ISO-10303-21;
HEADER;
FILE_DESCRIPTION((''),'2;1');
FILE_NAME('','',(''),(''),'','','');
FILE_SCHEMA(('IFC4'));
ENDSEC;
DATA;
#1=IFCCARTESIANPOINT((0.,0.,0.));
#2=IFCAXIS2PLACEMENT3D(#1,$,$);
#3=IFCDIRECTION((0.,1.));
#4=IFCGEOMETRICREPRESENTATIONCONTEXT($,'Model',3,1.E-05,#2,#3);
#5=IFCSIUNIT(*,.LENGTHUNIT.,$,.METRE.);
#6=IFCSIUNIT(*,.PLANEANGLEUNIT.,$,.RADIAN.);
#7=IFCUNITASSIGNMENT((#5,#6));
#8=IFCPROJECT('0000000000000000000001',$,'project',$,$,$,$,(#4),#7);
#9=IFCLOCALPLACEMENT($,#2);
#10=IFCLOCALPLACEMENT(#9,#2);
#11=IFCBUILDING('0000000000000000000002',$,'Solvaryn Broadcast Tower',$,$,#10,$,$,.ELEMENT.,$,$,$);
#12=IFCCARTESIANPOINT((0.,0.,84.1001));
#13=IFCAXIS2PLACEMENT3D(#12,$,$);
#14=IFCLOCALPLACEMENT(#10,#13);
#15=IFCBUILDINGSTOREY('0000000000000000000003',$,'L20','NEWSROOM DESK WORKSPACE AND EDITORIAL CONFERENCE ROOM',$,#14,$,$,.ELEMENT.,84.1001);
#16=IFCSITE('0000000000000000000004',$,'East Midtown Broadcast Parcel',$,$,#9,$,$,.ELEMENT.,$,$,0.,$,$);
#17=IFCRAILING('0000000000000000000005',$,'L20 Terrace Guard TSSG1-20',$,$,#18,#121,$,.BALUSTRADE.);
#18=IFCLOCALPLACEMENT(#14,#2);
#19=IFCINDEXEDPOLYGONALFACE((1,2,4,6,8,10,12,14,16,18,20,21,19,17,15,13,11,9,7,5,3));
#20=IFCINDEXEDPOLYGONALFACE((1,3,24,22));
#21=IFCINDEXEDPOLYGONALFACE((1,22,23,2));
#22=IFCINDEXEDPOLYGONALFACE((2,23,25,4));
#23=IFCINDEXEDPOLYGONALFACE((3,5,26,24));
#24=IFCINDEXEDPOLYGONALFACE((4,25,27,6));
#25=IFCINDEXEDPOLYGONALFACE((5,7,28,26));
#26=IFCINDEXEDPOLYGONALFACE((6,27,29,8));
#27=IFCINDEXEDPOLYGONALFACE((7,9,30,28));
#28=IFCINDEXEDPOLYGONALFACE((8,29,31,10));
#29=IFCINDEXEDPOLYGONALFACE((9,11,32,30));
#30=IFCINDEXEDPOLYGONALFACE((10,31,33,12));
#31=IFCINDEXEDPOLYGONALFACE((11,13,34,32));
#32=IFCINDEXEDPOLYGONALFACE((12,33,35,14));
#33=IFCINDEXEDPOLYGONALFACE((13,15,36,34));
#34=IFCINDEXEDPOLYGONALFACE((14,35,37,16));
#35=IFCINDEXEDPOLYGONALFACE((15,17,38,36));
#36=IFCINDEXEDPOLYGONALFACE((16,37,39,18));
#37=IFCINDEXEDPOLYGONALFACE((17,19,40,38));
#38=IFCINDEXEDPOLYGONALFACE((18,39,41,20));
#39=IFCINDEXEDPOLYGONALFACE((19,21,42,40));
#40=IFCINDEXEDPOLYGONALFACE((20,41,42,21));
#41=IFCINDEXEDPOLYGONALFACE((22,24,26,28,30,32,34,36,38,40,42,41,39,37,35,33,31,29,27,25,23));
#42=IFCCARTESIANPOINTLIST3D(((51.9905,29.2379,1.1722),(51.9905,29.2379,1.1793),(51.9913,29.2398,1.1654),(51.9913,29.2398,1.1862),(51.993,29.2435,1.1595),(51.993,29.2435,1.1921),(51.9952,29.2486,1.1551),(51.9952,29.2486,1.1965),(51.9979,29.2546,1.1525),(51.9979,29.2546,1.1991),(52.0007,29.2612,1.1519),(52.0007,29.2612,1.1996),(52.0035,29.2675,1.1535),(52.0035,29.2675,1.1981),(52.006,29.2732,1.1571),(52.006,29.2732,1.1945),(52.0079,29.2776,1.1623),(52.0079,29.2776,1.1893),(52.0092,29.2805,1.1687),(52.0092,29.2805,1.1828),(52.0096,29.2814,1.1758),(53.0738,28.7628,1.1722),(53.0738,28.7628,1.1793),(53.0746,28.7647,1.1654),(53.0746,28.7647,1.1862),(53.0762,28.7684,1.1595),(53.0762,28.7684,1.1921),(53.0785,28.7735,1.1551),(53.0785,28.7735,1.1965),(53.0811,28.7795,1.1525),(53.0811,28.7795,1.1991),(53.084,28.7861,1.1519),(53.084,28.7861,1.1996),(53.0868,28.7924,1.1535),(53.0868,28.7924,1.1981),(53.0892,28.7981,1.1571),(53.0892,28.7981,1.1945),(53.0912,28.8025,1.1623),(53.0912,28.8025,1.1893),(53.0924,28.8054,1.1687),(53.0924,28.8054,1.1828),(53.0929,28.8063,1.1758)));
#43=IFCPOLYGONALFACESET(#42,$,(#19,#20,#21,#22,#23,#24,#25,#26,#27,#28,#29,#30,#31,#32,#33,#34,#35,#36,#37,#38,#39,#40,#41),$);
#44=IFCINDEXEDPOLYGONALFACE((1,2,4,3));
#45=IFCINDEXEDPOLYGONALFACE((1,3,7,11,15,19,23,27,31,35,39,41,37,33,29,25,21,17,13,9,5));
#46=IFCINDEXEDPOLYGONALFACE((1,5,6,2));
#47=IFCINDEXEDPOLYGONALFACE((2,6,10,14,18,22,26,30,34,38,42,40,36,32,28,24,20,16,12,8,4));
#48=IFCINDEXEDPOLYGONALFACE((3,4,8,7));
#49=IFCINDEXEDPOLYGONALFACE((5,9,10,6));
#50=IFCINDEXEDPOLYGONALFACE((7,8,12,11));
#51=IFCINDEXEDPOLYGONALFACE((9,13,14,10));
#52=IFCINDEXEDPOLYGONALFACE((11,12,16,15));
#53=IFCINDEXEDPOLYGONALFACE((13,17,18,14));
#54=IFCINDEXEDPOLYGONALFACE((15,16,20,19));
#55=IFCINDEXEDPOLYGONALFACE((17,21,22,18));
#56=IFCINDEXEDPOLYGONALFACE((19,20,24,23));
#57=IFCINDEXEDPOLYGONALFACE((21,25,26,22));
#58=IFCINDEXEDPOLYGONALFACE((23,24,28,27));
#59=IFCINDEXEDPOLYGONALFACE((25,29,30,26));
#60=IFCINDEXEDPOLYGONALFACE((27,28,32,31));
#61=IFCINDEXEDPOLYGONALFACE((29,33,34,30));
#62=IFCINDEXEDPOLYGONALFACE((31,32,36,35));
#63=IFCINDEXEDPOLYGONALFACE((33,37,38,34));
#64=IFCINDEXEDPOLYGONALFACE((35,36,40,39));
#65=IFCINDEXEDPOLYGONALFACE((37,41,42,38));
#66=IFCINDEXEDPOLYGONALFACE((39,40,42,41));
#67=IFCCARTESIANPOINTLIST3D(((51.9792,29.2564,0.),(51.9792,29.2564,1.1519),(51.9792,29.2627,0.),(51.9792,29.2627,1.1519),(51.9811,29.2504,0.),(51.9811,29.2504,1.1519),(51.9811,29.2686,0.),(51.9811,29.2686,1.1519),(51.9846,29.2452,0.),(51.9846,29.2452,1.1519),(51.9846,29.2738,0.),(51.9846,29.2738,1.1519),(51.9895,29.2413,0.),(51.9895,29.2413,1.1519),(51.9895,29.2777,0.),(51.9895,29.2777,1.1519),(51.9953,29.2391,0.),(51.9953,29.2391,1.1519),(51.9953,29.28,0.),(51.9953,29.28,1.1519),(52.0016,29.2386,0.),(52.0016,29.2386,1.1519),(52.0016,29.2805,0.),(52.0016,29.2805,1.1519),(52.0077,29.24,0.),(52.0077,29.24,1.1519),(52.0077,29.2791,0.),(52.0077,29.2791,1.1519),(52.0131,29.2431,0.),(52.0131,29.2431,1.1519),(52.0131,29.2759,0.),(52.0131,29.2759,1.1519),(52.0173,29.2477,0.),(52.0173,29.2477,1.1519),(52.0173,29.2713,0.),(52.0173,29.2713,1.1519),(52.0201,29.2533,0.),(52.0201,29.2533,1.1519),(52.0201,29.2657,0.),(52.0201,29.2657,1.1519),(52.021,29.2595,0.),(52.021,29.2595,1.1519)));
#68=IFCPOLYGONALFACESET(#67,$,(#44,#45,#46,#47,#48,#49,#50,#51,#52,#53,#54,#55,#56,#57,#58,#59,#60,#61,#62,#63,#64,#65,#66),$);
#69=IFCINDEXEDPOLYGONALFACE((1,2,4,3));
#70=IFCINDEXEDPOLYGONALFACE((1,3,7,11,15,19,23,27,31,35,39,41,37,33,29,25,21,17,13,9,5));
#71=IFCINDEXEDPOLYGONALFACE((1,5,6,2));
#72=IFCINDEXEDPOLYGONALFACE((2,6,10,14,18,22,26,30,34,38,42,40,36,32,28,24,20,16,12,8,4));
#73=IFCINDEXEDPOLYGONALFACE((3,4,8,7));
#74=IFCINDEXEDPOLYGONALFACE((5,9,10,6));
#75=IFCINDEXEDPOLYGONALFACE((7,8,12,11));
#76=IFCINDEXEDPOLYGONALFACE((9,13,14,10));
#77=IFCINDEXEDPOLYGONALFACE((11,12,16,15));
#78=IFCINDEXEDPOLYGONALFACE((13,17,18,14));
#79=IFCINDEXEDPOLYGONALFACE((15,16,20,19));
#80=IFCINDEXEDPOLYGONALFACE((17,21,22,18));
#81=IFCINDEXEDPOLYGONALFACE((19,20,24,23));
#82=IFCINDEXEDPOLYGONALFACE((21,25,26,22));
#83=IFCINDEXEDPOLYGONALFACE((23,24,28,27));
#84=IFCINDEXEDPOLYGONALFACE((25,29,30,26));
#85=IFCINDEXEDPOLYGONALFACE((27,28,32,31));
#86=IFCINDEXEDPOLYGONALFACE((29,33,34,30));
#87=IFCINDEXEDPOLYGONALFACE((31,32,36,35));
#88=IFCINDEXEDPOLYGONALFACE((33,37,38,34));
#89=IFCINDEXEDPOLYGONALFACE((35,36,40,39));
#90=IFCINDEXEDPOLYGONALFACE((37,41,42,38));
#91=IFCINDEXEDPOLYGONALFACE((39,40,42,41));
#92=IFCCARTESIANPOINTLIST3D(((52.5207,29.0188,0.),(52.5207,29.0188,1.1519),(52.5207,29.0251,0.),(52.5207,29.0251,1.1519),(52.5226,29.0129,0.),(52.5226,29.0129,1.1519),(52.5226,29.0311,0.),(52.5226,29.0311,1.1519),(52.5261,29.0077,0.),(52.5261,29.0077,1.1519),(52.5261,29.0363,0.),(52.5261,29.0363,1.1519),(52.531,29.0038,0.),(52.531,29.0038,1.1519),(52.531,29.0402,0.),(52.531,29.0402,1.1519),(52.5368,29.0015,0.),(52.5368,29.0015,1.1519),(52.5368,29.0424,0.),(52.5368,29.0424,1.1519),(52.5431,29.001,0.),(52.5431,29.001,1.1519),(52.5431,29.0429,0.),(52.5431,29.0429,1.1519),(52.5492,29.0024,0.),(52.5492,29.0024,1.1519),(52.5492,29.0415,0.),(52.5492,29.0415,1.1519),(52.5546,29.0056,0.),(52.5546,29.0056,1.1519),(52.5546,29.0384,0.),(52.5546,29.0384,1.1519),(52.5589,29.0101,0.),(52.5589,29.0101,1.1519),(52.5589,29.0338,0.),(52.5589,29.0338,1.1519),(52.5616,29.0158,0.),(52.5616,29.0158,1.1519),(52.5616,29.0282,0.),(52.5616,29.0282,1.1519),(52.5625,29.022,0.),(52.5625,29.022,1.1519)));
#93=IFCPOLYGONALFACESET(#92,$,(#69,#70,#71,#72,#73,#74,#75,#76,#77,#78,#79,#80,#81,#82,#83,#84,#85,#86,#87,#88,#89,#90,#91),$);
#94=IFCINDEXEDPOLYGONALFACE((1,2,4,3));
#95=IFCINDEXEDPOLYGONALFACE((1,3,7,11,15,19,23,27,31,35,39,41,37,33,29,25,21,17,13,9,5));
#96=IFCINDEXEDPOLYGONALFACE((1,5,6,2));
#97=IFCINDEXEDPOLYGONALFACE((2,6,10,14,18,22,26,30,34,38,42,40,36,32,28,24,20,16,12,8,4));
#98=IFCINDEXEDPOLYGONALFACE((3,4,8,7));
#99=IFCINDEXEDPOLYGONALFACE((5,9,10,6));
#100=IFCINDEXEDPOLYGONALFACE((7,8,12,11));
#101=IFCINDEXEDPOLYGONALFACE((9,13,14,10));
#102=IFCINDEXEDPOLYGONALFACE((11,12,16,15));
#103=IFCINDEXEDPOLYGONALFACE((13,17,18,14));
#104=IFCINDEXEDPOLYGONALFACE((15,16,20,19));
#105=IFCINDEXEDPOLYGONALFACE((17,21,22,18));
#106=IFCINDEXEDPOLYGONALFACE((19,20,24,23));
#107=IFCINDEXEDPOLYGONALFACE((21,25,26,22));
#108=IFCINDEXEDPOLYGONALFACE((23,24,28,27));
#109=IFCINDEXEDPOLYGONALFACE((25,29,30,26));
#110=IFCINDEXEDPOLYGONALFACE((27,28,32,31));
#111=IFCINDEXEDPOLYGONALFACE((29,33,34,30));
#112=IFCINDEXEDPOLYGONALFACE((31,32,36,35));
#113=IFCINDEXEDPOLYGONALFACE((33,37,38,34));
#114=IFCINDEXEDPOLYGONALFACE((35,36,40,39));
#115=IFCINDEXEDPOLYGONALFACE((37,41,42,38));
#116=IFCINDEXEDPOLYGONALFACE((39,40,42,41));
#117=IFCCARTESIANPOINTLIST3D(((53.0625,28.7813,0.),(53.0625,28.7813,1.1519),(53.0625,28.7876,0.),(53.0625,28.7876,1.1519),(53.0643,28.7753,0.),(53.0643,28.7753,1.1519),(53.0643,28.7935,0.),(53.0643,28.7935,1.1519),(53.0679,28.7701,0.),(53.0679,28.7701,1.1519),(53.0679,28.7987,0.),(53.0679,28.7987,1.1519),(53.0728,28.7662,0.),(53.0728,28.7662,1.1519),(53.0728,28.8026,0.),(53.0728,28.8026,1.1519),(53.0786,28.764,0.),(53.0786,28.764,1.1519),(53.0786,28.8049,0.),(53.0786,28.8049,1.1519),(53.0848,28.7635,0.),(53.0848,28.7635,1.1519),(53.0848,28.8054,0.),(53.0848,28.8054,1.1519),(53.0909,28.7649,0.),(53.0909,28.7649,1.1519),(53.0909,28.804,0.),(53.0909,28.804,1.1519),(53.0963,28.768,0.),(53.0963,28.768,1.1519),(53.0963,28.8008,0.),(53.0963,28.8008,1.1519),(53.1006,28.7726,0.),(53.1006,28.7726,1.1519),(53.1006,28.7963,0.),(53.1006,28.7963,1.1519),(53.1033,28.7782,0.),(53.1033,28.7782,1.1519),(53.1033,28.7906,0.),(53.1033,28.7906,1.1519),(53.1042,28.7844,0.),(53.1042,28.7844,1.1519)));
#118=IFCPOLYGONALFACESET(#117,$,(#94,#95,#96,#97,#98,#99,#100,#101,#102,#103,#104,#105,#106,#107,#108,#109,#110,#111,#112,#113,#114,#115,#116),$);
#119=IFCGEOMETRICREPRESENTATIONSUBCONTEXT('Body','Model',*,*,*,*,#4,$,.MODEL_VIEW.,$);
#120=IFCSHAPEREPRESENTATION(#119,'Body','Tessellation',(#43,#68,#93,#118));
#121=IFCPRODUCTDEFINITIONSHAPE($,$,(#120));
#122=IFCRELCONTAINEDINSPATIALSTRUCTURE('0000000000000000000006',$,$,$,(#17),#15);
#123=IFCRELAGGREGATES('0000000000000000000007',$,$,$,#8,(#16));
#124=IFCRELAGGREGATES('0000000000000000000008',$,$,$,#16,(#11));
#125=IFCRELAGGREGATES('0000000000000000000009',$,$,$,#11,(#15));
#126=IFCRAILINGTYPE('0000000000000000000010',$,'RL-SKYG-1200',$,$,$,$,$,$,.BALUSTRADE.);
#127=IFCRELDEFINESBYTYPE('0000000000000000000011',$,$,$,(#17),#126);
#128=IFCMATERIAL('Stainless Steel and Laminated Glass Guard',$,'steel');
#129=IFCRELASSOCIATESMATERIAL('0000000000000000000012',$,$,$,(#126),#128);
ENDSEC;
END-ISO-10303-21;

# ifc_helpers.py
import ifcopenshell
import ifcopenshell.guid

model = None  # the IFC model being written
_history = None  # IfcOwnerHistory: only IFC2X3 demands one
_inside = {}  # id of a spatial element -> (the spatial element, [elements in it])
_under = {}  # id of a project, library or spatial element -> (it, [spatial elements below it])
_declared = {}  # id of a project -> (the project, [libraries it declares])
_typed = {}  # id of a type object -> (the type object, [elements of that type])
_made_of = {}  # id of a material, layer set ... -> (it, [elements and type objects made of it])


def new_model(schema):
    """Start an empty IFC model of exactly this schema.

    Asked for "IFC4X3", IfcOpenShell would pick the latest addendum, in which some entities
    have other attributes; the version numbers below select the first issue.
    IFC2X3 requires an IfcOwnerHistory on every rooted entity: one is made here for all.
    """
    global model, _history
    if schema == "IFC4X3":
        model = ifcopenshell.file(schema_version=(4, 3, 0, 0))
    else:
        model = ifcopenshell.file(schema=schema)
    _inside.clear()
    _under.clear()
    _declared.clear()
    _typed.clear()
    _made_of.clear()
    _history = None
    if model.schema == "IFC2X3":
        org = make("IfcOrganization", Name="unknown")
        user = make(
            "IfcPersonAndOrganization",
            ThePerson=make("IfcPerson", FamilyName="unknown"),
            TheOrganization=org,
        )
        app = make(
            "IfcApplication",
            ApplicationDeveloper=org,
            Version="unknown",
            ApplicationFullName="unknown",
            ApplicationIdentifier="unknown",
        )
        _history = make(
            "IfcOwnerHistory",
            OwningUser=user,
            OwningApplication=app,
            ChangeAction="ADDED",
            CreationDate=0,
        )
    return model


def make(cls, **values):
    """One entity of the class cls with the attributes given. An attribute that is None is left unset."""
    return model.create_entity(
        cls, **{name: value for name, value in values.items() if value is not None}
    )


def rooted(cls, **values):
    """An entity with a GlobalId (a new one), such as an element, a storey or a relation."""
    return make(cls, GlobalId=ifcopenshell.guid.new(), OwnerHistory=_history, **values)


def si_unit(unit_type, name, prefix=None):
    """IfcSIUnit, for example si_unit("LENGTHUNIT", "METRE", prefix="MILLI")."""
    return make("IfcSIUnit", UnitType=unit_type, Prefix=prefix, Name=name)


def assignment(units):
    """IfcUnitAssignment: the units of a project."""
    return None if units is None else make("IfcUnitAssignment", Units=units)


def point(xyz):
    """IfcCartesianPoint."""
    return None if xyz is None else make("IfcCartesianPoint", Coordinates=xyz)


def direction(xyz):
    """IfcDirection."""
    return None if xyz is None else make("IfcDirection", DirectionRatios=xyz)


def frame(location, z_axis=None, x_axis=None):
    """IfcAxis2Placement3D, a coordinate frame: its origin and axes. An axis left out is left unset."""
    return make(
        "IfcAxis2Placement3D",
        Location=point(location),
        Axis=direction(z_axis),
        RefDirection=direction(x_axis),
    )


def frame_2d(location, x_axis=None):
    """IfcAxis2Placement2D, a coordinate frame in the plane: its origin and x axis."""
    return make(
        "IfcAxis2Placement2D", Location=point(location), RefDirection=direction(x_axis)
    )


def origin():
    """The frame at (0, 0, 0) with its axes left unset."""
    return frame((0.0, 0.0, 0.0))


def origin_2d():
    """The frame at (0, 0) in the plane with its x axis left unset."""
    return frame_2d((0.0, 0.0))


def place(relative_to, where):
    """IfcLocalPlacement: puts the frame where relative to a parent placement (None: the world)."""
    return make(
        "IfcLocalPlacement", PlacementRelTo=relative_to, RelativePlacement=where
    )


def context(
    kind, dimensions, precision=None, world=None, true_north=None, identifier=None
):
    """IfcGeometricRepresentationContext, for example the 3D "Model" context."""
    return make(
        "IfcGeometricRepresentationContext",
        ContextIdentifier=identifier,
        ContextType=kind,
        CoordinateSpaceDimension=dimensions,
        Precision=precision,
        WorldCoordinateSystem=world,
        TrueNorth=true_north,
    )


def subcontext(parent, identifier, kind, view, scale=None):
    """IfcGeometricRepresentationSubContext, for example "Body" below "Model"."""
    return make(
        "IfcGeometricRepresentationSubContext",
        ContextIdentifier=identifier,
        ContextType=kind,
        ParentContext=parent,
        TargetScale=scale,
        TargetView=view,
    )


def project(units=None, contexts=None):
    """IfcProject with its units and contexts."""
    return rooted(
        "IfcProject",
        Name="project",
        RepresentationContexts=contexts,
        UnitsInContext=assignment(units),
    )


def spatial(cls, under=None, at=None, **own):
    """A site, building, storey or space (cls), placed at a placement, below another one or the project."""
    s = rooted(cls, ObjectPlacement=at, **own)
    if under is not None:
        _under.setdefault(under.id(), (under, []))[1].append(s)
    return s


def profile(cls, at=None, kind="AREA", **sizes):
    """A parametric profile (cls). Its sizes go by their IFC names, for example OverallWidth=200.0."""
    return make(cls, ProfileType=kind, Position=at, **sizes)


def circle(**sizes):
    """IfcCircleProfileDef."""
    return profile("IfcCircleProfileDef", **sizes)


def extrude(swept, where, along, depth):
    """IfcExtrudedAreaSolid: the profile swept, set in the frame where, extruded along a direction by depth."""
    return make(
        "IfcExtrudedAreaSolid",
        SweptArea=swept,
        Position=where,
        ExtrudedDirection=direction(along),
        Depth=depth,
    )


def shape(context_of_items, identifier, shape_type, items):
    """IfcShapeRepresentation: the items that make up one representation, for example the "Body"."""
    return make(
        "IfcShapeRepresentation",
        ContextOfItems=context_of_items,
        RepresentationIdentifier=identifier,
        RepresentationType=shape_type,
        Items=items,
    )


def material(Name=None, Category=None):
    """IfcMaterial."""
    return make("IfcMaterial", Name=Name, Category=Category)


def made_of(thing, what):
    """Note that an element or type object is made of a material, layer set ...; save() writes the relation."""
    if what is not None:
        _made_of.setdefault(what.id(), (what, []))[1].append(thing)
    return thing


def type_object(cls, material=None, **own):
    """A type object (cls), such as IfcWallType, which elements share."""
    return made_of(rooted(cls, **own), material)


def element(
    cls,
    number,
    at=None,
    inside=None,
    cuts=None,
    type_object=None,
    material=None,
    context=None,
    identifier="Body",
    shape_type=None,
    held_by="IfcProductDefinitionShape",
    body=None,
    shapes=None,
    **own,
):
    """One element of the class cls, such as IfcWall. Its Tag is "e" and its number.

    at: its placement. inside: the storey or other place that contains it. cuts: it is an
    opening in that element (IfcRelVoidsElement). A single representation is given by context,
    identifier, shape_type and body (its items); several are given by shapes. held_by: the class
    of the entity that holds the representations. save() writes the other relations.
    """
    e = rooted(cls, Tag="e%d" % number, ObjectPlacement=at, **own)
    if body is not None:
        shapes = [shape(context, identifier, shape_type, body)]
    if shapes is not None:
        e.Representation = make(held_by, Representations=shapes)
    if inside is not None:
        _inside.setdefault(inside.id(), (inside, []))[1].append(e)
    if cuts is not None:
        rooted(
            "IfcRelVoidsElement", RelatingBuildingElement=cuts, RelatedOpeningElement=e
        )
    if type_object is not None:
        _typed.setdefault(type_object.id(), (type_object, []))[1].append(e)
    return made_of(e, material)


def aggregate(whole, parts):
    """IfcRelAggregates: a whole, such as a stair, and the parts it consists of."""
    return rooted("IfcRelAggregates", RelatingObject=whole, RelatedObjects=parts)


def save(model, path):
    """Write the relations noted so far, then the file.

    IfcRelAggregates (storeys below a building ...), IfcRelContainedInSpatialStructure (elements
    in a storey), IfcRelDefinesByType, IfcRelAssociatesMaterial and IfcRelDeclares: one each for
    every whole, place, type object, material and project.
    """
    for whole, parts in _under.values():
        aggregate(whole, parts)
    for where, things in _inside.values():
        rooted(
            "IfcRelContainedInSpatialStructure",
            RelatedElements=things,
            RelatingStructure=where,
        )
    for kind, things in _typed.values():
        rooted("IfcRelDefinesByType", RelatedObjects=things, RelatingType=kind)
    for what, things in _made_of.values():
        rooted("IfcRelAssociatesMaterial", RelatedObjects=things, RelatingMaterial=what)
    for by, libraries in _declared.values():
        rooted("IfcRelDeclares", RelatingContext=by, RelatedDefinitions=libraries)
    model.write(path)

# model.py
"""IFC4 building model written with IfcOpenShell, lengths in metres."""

from ifc_helpers import new_model, si_unit, direction, frame, origin, origin_2d, place, context, subcontext, project, spatial, circle, extrude, material, type_object, element, save


model = new_model("IFC4")

# Units and contexts
model_context = context("Model", 3, precision=1e-05, world=origin(), true_north=direction((0.0, 1.0)))
body_context = subcontext(model_context, "Body", "Model", "MODEL_VIEW")
ifc_project = project(units=[si_unit("LENGTHUNIT", "METRE"), si_unit("PLANEANGLEUNIT", "RADIAN")], contexts=[model_context])

# Site, building, storey
site_placement = place(None, origin())
site = spatial("IfcSite", under=ifc_project, at=site_placement, Name="East Midtown Broadcast Parcel", CompositionType="ELEMENT", RefElevation=0.0)
building_placement = place(site_placement, origin())
building = spatial("IfcBuilding", under=site, at=building_placement, Name="Solvaryn Broadcast Tower", CompositionType="ELEMENT")
storey_placement = place(building_placement, frame((0.0, 0.0, 84.1001)))
storey = spatial("IfcBuildingStorey", under=building, at=storey_placement, Name="L20", Description="NEWSROOM DESK WORKSPACE AND EDITORIAL CONFERENCE ROOM", CompositionType="ELEMENT", Elevation=84.1001)

# Railing
ifc_material_1 = material(Name="Stainless Steel and Laminated Glass Guard", Category="steel")
railing_type = type_object("IfcRailingType", Name="RL-SKYG-1200", PredefinedType="BALUSTRADE", material=ifc_material_1)
railing_1_placement = place(storey_placement, frame((52.0, 29.2595, 0.0)))
element("IfcRailing", 1, at=railing_1_placement, inside=storey, type_object=railing_type, Name="L20 Terrace Guard TSSG1-20", PredefinedType="BALUSTRADE", context=body_context, shape_type="SweptSolid", body=[
    extrude(circle(Radius=0.0239, at=origin_2d()), frame((0.0, 0.0, 1.1758), z_axis=(0.915792, -0.401652, 0.0), x_axis=(0.401652, 0.915792, 0.0)), (0.0, 0.0, 1.0), 1.1829),
    extrude(circle(Radius=0.021, at=origin_2d()), origin(), (0.0, 0.0, 1.0), 1.1519),
    extrude(circle(Radius=0.021, at=origin_2d()), frame((0.5415, -0.2375, 0.0)), (0.0, 0.0, 1.0), 1.1519),
    extrude(circle(Radius=0.021, at=origin_2d()), frame((1.0833, -0.4751, 0.0)), (0.0, 0.0, 1.0), 1.1519),
])

save(model, "model.ifc")
